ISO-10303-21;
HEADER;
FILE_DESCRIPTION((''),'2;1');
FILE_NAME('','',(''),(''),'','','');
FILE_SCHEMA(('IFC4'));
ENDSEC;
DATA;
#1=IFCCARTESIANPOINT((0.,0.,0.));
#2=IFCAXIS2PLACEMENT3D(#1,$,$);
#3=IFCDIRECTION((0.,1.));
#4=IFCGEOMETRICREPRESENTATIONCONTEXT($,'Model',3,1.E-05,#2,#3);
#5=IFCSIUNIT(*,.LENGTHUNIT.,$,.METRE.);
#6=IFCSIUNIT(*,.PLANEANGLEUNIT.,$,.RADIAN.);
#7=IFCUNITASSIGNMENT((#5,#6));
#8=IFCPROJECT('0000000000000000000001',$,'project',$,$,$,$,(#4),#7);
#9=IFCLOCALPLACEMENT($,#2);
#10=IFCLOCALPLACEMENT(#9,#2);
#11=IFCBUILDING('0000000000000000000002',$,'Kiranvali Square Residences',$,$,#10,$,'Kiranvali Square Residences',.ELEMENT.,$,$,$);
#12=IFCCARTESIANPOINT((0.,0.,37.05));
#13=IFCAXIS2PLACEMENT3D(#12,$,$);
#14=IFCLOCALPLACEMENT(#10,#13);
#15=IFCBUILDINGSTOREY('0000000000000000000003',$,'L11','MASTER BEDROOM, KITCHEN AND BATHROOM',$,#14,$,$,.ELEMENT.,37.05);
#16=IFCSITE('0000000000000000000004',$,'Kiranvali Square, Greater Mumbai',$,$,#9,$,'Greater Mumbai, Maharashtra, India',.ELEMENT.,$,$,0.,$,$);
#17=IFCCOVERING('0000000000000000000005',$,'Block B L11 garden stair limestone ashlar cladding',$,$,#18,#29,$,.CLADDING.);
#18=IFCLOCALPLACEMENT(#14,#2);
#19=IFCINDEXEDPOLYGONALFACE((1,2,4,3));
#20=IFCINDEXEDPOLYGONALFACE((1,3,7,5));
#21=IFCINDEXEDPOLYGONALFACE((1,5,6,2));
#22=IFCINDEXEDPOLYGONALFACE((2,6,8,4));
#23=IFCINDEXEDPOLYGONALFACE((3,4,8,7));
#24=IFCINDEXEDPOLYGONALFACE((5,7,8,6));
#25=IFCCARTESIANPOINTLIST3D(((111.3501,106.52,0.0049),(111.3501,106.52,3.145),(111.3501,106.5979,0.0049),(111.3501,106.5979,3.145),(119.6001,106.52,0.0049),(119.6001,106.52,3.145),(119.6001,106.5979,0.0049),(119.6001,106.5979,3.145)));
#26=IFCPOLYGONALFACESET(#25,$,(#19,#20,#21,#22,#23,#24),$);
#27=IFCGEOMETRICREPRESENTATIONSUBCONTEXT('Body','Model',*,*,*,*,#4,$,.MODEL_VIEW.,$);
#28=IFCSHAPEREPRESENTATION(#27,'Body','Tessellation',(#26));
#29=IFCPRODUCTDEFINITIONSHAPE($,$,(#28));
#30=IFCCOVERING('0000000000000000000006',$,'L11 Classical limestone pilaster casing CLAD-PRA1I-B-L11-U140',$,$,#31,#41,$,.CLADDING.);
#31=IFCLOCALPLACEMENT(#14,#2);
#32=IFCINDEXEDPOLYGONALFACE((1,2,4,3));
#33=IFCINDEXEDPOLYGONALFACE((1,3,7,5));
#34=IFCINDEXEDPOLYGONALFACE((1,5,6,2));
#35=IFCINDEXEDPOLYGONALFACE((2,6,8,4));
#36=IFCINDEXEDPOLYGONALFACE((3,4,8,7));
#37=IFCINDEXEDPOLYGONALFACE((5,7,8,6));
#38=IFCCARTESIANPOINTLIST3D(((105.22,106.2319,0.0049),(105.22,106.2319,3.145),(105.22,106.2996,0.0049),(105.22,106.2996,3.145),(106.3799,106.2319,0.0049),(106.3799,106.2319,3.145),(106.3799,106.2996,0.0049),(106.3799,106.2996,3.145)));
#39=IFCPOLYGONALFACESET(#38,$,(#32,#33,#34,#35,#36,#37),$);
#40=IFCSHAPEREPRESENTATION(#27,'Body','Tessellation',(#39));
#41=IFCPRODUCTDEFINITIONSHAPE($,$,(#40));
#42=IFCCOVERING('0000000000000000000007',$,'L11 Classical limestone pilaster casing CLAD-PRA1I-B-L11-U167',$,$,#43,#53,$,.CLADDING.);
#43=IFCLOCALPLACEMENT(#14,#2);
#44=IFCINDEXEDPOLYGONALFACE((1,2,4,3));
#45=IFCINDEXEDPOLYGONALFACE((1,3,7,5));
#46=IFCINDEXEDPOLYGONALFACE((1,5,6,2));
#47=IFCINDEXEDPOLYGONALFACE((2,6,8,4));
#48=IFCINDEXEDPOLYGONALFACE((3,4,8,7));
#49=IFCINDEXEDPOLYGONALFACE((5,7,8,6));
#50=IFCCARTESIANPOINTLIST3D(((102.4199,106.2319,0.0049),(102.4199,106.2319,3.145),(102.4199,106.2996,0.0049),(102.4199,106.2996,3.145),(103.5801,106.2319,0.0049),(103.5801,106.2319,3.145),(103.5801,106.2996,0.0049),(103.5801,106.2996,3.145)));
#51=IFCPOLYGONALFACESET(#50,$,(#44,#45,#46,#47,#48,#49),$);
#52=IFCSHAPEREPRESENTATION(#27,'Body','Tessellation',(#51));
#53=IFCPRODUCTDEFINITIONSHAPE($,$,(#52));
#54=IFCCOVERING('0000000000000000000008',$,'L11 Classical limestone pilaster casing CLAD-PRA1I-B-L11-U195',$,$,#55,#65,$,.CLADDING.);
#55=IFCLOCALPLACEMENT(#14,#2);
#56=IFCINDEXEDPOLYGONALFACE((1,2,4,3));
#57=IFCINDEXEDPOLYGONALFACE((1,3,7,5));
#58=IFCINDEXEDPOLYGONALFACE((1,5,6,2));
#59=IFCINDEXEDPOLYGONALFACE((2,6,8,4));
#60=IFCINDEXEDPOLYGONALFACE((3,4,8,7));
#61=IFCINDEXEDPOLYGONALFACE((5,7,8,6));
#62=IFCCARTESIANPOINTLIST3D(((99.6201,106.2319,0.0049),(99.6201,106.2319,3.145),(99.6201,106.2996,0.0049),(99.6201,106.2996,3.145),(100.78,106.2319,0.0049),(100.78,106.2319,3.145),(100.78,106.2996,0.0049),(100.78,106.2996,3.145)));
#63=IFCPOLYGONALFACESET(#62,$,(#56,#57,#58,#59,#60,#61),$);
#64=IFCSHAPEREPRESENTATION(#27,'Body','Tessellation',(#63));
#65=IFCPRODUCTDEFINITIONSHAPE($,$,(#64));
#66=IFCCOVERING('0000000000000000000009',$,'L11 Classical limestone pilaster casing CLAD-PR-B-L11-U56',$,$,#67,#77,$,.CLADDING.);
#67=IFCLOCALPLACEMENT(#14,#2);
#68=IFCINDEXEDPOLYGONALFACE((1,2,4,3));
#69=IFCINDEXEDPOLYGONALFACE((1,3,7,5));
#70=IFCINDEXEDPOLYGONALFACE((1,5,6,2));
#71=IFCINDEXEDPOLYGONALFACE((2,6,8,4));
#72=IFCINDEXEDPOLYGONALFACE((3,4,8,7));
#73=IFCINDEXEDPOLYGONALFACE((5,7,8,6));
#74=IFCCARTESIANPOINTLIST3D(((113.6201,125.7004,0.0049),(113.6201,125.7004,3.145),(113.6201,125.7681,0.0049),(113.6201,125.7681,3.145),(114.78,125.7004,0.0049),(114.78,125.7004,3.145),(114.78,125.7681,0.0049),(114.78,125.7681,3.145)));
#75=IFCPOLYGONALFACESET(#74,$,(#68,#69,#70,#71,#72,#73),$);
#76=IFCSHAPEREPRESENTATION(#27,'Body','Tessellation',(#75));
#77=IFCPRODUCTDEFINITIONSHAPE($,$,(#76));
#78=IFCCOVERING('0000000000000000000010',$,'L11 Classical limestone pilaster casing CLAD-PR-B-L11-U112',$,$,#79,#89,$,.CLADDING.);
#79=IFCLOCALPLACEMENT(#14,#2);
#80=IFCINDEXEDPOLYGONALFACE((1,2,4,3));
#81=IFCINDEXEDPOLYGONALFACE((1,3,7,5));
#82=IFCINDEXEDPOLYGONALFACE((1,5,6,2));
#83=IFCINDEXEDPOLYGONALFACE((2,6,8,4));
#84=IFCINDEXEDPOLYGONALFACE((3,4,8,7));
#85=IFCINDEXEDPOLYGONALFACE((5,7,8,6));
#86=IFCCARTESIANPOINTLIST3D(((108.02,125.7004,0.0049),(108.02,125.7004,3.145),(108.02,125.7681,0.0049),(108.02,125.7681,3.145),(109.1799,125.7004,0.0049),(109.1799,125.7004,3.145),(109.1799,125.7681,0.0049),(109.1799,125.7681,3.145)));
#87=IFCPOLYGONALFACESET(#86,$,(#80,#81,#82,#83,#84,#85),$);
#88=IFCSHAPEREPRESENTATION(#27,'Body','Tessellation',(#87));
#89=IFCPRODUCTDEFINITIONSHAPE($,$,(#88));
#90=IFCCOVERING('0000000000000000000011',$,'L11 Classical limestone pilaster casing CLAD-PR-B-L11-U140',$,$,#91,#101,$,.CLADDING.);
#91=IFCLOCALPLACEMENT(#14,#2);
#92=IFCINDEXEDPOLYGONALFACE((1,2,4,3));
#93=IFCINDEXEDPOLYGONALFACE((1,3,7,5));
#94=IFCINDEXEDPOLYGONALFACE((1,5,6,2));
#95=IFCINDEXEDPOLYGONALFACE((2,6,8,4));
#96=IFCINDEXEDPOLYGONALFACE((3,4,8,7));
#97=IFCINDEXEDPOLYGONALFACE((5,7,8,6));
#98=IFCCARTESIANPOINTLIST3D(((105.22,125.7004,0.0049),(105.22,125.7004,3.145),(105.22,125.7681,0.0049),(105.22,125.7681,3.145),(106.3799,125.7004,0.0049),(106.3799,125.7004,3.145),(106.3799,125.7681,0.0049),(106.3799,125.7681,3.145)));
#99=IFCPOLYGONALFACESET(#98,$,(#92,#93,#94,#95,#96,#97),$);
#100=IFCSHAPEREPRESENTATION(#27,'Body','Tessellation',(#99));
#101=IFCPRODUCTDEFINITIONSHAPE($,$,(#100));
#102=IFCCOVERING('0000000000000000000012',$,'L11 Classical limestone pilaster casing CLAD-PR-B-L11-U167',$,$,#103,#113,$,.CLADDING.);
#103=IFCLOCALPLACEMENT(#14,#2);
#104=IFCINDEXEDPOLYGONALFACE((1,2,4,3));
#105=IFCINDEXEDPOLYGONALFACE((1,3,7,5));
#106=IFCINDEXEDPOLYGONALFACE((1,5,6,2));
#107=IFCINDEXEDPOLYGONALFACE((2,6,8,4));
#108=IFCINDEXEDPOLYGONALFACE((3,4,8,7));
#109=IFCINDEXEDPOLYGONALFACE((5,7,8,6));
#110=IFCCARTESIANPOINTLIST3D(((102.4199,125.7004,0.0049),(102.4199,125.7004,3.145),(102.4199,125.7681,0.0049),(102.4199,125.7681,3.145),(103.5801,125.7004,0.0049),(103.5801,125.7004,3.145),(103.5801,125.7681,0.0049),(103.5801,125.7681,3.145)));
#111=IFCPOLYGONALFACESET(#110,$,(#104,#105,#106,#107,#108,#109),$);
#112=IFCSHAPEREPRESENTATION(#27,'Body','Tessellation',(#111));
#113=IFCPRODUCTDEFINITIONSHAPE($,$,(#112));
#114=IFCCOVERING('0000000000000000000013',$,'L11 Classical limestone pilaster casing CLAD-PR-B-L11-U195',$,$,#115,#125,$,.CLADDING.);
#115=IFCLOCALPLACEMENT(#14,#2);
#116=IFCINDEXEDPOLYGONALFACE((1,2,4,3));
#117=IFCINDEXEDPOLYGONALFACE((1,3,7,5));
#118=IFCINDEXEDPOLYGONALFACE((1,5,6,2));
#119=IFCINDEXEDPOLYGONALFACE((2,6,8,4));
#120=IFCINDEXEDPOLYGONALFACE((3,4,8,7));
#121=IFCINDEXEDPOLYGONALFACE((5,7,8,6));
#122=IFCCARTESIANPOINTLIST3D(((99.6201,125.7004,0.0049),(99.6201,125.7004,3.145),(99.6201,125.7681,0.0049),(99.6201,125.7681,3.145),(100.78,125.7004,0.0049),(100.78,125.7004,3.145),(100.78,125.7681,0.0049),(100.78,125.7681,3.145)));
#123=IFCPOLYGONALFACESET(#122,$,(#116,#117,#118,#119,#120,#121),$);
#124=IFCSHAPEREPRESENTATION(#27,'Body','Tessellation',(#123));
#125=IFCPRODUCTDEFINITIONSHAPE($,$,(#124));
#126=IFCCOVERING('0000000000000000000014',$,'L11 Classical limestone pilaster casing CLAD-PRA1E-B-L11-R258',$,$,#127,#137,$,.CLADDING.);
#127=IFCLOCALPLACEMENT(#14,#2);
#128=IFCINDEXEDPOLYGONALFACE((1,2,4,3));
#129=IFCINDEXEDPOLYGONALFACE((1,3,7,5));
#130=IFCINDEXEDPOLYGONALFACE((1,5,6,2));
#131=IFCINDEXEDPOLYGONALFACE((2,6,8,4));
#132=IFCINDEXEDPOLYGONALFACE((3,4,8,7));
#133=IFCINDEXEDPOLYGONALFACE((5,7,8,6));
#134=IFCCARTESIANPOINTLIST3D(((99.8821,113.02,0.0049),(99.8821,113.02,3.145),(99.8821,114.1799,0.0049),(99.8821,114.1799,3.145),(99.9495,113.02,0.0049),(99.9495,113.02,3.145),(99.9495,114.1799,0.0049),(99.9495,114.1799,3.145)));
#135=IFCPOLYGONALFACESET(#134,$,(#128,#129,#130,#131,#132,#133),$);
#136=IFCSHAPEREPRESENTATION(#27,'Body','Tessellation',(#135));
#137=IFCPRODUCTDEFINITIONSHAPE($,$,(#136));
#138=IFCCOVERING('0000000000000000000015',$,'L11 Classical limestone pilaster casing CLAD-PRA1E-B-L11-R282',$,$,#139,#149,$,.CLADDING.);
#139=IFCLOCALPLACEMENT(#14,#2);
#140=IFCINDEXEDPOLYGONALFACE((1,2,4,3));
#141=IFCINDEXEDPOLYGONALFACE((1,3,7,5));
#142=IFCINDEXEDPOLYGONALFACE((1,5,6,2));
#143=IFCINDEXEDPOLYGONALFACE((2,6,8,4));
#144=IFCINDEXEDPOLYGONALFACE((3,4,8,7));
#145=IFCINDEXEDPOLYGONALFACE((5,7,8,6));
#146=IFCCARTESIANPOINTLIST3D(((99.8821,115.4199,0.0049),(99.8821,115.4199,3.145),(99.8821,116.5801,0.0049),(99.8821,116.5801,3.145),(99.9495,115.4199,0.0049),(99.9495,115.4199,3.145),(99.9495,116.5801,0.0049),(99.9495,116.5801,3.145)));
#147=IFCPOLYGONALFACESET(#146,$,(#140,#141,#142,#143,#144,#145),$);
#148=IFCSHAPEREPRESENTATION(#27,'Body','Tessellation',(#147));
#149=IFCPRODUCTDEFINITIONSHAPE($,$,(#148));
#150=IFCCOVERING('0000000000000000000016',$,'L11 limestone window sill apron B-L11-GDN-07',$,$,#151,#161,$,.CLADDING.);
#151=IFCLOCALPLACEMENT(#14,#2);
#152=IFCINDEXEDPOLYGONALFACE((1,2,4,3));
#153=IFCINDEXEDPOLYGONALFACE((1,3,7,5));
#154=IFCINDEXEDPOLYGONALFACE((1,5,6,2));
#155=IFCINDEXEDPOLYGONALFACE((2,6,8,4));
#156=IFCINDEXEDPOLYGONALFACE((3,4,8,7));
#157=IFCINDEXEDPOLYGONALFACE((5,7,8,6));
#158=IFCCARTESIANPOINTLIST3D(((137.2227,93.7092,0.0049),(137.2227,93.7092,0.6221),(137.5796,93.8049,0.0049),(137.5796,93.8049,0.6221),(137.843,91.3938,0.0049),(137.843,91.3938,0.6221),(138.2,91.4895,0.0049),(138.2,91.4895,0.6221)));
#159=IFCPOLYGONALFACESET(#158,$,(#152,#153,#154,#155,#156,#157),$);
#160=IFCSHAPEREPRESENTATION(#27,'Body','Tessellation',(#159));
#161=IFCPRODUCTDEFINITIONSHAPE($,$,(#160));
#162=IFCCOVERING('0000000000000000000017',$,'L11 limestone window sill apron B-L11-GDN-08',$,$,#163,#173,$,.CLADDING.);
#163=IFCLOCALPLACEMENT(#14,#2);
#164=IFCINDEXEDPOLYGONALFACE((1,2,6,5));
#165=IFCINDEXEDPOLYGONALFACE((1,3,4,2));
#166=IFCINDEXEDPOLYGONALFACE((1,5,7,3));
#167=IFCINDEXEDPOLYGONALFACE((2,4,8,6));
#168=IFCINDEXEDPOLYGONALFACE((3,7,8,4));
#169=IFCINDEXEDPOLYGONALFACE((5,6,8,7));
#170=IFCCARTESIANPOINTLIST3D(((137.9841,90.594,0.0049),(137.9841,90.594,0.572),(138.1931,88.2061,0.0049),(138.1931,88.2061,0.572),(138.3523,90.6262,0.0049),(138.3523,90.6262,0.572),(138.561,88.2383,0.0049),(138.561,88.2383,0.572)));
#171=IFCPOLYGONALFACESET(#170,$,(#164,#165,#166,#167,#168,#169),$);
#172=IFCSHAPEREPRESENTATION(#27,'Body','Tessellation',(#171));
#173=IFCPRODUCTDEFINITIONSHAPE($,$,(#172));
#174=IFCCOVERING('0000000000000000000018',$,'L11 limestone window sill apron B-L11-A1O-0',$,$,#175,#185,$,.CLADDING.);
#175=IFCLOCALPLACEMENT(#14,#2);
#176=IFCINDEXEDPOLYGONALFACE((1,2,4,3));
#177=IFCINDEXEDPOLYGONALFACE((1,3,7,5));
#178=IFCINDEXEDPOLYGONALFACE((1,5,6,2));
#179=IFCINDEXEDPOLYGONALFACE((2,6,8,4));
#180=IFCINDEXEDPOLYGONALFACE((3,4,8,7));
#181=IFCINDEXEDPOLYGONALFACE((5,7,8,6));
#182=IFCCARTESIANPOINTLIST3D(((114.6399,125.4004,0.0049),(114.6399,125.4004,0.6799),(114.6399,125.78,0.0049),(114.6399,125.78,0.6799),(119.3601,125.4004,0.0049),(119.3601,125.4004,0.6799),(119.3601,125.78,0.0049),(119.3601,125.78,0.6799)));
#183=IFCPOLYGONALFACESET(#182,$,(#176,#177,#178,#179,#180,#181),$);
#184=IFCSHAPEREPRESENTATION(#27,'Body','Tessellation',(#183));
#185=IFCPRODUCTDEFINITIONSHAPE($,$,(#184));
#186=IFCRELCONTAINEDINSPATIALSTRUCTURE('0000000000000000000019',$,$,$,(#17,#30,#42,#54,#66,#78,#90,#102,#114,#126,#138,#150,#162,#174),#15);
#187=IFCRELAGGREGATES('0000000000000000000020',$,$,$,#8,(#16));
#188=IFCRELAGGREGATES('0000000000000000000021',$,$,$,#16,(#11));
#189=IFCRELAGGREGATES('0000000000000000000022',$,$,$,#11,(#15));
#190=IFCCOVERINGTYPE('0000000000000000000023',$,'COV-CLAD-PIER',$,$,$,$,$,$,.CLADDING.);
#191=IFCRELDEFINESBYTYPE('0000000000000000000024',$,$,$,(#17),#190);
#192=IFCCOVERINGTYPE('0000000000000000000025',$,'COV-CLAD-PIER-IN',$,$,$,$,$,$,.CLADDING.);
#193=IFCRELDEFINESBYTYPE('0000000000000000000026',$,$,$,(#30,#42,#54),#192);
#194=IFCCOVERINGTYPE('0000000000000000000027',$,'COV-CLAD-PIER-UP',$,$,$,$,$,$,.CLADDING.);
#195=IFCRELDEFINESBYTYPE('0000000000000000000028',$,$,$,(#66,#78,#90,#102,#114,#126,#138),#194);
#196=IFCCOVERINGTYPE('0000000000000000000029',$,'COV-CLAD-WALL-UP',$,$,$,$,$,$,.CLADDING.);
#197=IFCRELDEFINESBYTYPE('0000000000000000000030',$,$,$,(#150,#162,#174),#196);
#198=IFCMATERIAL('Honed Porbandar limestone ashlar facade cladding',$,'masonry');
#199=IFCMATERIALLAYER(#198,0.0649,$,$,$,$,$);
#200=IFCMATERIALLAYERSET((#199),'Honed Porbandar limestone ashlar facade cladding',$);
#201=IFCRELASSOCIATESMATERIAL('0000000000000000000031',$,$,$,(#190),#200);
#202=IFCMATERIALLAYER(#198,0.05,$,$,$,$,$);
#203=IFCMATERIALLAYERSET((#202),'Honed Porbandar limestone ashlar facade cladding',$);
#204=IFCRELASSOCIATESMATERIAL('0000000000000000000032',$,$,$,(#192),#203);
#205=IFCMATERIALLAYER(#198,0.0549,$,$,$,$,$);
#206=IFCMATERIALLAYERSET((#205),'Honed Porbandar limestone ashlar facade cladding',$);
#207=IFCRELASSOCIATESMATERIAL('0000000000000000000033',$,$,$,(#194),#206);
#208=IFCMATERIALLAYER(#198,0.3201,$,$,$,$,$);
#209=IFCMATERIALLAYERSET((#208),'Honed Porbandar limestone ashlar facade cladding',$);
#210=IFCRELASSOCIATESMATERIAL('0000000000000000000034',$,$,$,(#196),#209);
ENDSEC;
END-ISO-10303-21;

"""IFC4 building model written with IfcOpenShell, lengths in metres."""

from ifc_helpers import new_model, si_unit, direction, frame, origin, place, context, subcontext, project, spatial, polyline, outline, extrude, material, layer, layer_set, type_object, element, save


model = new_model("IFC4")

# Units and contexts
model_context = context("Model", 3, precision=1e-05, world=origin(), true_north=direction((0.0, 1.0)))
body_context = subcontext(model_context, "Body", "Model", "MODEL_VIEW")
ifc_project = project(units=[si_unit("LENGTHUNIT", "METRE"), si_unit("PLANEANGLEUNIT", "RADIAN")], contexts=[model_context])

# Site, building, storey
site_placement = place(None, origin())
site = spatial("IfcSite", under=ifc_project, at=site_placement, Name="Kiranvali Square, Greater Mumbai", LongName="Greater Mumbai, Maharashtra, India", CompositionType="ELEMENT", RefElevation=0.0)
building_placement = place(site_placement, origin())
building = spatial("IfcBuilding", under=site, at=building_placement, Name="Kiranvali Square Residences", LongName="Kiranvali Square Residences", CompositionType="ELEMENT")
storey_placement = place(building_placement, frame((0.0, 0.0, 37.05)))
storey = spatial("IfcBuildingStorey", under=building, at=storey_placement, Name="L11", Description="MASTER BEDROOM, KITCHEN AND BATHROOM", CompositionType="ELEMENT", Elevation=37.05)

# Coverings
ifc_material = material(Name="Honed Porbandar limestone ashlar facade cladding", Category="masonry")
ifc_layer_1 = layer(ifc_material, 0.0649)
ifc_layer_set_1 = layer_set([ifc_layer_1], Name="Honed Porbandar limestone ashlar facade cladding")
covering_type_1 = type_object("IfcCoveringType", Name="COV-CLAD-PIER", PredefinedType="CLADDING", material=ifc_layer_set_1)
covering_1_placement = place(storey_placement, frame((0.0, 0.0, 0.0049)))
element("IfcCovering", 1, at=covering_1_placement, inside=storey, type_object=covering_type_1, Name="Block B L11 garden stair limestone ashlar cladding", PredefinedType="CLADDING", context=body_context, shape_type="SweptSolid", body=[
    extrude(outline(polyline([(119.6001, 106.5979), (111.3501, 106.5979), (111.3501, 106.52), (119.6001, 106.52), (119.6001, 106.5979)])), origin(), (0.0, 0.0, 1.0), 3.1401),
])
ifc_layer_2 = layer(ifc_material, 0.05)
ifc_layer_set_2 = layer_set([ifc_layer_2], Name="Honed Porbandar limestone ashlar facade cladding")
covering_type_2 = type_object("IfcCoveringType", Name="COV-CLAD-PIER-IN", PredefinedType="CLADDING", material=ifc_layer_set_2)
covering_2_placement = place(storey_placement, frame((0.0, 0.0, 0.0049)))
element("IfcCovering", 2, at=covering_2_placement, inside=storey, type_object=covering_type_2, Name="L11 Classical limestone pilaster casing CLAD-PRA1I-B-L11-U140", PredefinedType="CLADDING", context=body_context, shape_type="SweptSolid", body=[
    extrude(outline(polyline([(106.3799, 106.2996), (105.22, 106.2996), (105.22, 106.2319), (106.3799, 106.2319), (106.3799, 106.2996)])), origin(), (0.0, 0.0, 1.0), 3.1401),
])
covering_3_placement = place(storey_placement, frame((0.0, 0.0, 0.0049)))
element("IfcCovering", 3, at=covering_3_placement, inside=storey, type_object=covering_type_2, Name="L11 Classical limestone pilaster casing CLAD-PRA1I-B-L11-U167", PredefinedType="CLADDING", context=body_context, shape_type="SweptSolid", body=[
    extrude(outline(polyline([(103.5801, 106.2996), (102.4199, 106.2996), (102.4199, 106.2319), (103.5801, 106.2319), (103.5801, 106.2996)])), origin(), (0.0, 0.0, 1.0), 3.1401),
])
covering_4_placement = place(storey_placement, frame((0.0, 0.0, 0.0049)))
element("IfcCovering", 4, at=covering_4_placement, inside=storey, type_object=covering_type_2, Name="L11 Classical limestone pilaster casing CLAD-PRA1I-B-L11-U195", PredefinedType="CLADDING", context=body_context, shape_type="SweptSolid", body=[
    extrude(outline(polyline([(100.78, 106.2996), (99.6201, 106.2996), (99.6201, 106.2319), (100.78, 106.2319), (100.78, 106.2996)])), origin(), (0.0, 0.0, 1.0), 3.1401),
])
ifc_layer_3 = layer(ifc_material, 0.0549)
ifc_layer_set_3 = layer_set([ifc_layer_3], Name="Honed Porbandar limestone ashlar facade cladding")
covering_type_3 = type_object("IfcCoveringType", Name="COV-CLAD-PIER-UP", PredefinedType="CLADDING", material=ifc_layer_set_3)
covering_5_placement = place(storey_placement, frame((0.0, 0.0, 0.0049)))
element("IfcCovering", 5, at=covering_5_placement, inside=storey, type_object=covering_type_3, Name="L11 Classical limestone pilaster casing CLAD-PR-B-L11-U56", PredefinedType="CLADDING", context=body_context, shape_type="SweptSolid", body=[
    extrude(outline(polyline([(114.78, 125.7681), (113.6201, 125.7681), (113.6201, 125.7004), (114.78, 125.7004), (114.78, 125.7681)])), origin(), (0.0, 0.0, 1.0), 3.1401),
])
covering_6_placement = place(storey_placement, frame((0.0, 0.0, 0.0049)))
element("IfcCovering", 6, at=covering_6_placement, inside=storey, type_object=covering_type_3, Name="L11 Classical limestone pilaster casing CLAD-PR-B-L11-U112", PredefinedType="CLADDING", context=body_context, shape_type="SweptSolid", body=[
    extrude(outline(polyline([(109.1799, 125.7681), (108.02, 125.7681), (108.02, 125.7004), (109.1799, 125.7004), (109.1799, 125.7681)])), origin(), (0.0, 0.0, 1.0), 3.1401),
])
covering_7_placement = place(storey_placement, frame((0.0, 0.0, 0.0049)))
element("IfcCovering", 7, at=covering_7_placement, inside=storey, type_object=covering_type_3, Name="L11 Classical limestone pilaster casing CLAD-PR-B-L11-U140", PredefinedType="CLADDING", context=body_context, shape_type="SweptSolid", body=[
    extrude(outline(polyline([(106.3799, 125.7681), (105.22, 125.7681), (105.22, 125.7004), (106.3799, 125.7004), (106.3799, 125.7681)])), origin(), (0.0, 0.0, 1.0), 3.1401),
])
covering_8_placement = place(storey_placement, frame((0.0, 0.0, 0.0049)))
element("IfcCovering", 8, at=covering_8_placement, inside=storey, type_object=covering_type_3, Name="L11 Classical limestone pilaster casing CLAD-PR-B-L11-U167", PredefinedType="CLADDING", context=body_context, shape_type="SweptSolid", body=[
    extrude(outline(polyline([(103.5801, 125.7681), (102.4199, 125.7681), (102.4199, 125.7004), (103.5801, 125.7004), (103.5801, 125.7681)])), origin(), (0.0, 0.0, 1.0), 3.1401),
])
covering_9_placement = place(storey_placement, frame((0.0, 0.0, 0.0049)))
element("IfcCovering", 9, at=covering_9_placement, inside=storey, type_object=covering_type_3, Name="L11 Classical limestone pilaster casing CLAD-PR-B-L11-U195", PredefinedType="CLADDING", context=body_context, shape_type="SweptSolid", body=[
    extrude(outline(polyline([(100.78, 125.7681), (99.6201, 125.7681), (99.6201, 125.7004), (100.78, 125.7004), (100.78, 125.7681)])), origin(), (0.0, 0.0, 1.0), 3.1401),
])
covering_10_placement = place(storey_placement, frame((0.0, 0.0, 0.0049)))
element("IfcCovering", 10, at=covering_10_placement, inside=storey, type_object=covering_type_3, Name="L11 Classical limestone pilaster casing CLAD-PRA1E-B-L11-R258", PredefinedType="CLADDING", context=body_context, shape_type="SweptSolid", body=[
    extrude(outline(polyline([(99.9495, 113.02), (99.9495, 114.1799), (99.8821, 114.1799), (99.8821, 113.02), (99.9495, 113.02)])), origin(), (0.0, 0.0, 1.0), 3.1401),
])
covering_11_placement = place(storey_placement, frame((0.0, 0.0, 0.0049)))
element("IfcCovering", 11, at=covering_11_placement, inside=storey, type_object=covering_type_3, Name="L11 Classical limestone pilaster casing CLAD-PRA1E-B-L11-R282", PredefinedType="CLADDING", context=body_context, shape_type="SweptSolid", body=[
    extrude(outline(polyline([(99.9495, 115.4199), (99.9495, 116.5801), (99.8821, 116.5801), (99.8821, 115.4199), (99.9495, 115.4199)])), origin(), (0.0, 0.0, 1.0), 3.1401),
])
ifc_layer_4 = layer(ifc_material, 0.3201)
ifc_layer_set_4 = layer_set([ifc_layer_4], Name="Honed Porbandar limestone ashlar facade cladding")
covering_type_4 = type_object("IfcCoveringType", Name="COV-CLAD-WALL-UP", PredefinedType="CLADDING", material=ifc_layer_set_4)
covering_12_placement = place(storey_placement, frame((0.0, 0.0, 0.0049)))
element("IfcCovering", 12, at=covering_12_placement, inside=storey, type_object=covering_type_4, Name="L11 limestone window sill apron B-L11-GDN-07", PredefinedType="CLADDING", context=body_context, shape_type="SweptSolid", body=[
    extrude(outline(polyline([(137.2227, 93.7092), (137.843, 91.3938), (138.2, 91.4895), (137.5796, 93.8049), (137.2227, 93.7092)])), origin(), (0.0, 0.0, 1.0), 0.6172),
])
covering_13_placement = place(storey_placement, frame((0.0, 0.0, 0.0049)))
element("IfcCovering", 13, at=covering_13_placement, inside=storey, type_object=covering_type_4, Name="L11 limestone window sill apron B-L11-GDN-08", PredefinedType="CLADDING", context=body_context, shape_type="SweptSolid", body=[
    extrude(outline(polyline([(137.9841, 90.594), (138.1931, 88.2061), (138.561, 88.2383), (138.3523, 90.6262), (137.9841, 90.594)])), origin(), (0.0, 0.0, 1.0), 0.5671),
])
covering_14_placement = place(storey_placement, frame((0.0, 0.0, 0.0049)))
element("IfcCovering", 14, at=covering_14_placement, inside=storey, type_object=covering_type_4, Name="L11 limestone window sill apron B-L11-A1O-0", PredefinedType="CLADDING", context=body_context, shape_type="SweptSolid", body=[
    extrude(outline(polyline([(119.3601, 125.78), (114.6399, 125.78), (114.6399, 125.4004), (119.3601, 125.4004), (119.3601, 125.78)])), origin(), (0.0, 0.0, 1.0), 0.675),
])

save(model, "model.ifc")
